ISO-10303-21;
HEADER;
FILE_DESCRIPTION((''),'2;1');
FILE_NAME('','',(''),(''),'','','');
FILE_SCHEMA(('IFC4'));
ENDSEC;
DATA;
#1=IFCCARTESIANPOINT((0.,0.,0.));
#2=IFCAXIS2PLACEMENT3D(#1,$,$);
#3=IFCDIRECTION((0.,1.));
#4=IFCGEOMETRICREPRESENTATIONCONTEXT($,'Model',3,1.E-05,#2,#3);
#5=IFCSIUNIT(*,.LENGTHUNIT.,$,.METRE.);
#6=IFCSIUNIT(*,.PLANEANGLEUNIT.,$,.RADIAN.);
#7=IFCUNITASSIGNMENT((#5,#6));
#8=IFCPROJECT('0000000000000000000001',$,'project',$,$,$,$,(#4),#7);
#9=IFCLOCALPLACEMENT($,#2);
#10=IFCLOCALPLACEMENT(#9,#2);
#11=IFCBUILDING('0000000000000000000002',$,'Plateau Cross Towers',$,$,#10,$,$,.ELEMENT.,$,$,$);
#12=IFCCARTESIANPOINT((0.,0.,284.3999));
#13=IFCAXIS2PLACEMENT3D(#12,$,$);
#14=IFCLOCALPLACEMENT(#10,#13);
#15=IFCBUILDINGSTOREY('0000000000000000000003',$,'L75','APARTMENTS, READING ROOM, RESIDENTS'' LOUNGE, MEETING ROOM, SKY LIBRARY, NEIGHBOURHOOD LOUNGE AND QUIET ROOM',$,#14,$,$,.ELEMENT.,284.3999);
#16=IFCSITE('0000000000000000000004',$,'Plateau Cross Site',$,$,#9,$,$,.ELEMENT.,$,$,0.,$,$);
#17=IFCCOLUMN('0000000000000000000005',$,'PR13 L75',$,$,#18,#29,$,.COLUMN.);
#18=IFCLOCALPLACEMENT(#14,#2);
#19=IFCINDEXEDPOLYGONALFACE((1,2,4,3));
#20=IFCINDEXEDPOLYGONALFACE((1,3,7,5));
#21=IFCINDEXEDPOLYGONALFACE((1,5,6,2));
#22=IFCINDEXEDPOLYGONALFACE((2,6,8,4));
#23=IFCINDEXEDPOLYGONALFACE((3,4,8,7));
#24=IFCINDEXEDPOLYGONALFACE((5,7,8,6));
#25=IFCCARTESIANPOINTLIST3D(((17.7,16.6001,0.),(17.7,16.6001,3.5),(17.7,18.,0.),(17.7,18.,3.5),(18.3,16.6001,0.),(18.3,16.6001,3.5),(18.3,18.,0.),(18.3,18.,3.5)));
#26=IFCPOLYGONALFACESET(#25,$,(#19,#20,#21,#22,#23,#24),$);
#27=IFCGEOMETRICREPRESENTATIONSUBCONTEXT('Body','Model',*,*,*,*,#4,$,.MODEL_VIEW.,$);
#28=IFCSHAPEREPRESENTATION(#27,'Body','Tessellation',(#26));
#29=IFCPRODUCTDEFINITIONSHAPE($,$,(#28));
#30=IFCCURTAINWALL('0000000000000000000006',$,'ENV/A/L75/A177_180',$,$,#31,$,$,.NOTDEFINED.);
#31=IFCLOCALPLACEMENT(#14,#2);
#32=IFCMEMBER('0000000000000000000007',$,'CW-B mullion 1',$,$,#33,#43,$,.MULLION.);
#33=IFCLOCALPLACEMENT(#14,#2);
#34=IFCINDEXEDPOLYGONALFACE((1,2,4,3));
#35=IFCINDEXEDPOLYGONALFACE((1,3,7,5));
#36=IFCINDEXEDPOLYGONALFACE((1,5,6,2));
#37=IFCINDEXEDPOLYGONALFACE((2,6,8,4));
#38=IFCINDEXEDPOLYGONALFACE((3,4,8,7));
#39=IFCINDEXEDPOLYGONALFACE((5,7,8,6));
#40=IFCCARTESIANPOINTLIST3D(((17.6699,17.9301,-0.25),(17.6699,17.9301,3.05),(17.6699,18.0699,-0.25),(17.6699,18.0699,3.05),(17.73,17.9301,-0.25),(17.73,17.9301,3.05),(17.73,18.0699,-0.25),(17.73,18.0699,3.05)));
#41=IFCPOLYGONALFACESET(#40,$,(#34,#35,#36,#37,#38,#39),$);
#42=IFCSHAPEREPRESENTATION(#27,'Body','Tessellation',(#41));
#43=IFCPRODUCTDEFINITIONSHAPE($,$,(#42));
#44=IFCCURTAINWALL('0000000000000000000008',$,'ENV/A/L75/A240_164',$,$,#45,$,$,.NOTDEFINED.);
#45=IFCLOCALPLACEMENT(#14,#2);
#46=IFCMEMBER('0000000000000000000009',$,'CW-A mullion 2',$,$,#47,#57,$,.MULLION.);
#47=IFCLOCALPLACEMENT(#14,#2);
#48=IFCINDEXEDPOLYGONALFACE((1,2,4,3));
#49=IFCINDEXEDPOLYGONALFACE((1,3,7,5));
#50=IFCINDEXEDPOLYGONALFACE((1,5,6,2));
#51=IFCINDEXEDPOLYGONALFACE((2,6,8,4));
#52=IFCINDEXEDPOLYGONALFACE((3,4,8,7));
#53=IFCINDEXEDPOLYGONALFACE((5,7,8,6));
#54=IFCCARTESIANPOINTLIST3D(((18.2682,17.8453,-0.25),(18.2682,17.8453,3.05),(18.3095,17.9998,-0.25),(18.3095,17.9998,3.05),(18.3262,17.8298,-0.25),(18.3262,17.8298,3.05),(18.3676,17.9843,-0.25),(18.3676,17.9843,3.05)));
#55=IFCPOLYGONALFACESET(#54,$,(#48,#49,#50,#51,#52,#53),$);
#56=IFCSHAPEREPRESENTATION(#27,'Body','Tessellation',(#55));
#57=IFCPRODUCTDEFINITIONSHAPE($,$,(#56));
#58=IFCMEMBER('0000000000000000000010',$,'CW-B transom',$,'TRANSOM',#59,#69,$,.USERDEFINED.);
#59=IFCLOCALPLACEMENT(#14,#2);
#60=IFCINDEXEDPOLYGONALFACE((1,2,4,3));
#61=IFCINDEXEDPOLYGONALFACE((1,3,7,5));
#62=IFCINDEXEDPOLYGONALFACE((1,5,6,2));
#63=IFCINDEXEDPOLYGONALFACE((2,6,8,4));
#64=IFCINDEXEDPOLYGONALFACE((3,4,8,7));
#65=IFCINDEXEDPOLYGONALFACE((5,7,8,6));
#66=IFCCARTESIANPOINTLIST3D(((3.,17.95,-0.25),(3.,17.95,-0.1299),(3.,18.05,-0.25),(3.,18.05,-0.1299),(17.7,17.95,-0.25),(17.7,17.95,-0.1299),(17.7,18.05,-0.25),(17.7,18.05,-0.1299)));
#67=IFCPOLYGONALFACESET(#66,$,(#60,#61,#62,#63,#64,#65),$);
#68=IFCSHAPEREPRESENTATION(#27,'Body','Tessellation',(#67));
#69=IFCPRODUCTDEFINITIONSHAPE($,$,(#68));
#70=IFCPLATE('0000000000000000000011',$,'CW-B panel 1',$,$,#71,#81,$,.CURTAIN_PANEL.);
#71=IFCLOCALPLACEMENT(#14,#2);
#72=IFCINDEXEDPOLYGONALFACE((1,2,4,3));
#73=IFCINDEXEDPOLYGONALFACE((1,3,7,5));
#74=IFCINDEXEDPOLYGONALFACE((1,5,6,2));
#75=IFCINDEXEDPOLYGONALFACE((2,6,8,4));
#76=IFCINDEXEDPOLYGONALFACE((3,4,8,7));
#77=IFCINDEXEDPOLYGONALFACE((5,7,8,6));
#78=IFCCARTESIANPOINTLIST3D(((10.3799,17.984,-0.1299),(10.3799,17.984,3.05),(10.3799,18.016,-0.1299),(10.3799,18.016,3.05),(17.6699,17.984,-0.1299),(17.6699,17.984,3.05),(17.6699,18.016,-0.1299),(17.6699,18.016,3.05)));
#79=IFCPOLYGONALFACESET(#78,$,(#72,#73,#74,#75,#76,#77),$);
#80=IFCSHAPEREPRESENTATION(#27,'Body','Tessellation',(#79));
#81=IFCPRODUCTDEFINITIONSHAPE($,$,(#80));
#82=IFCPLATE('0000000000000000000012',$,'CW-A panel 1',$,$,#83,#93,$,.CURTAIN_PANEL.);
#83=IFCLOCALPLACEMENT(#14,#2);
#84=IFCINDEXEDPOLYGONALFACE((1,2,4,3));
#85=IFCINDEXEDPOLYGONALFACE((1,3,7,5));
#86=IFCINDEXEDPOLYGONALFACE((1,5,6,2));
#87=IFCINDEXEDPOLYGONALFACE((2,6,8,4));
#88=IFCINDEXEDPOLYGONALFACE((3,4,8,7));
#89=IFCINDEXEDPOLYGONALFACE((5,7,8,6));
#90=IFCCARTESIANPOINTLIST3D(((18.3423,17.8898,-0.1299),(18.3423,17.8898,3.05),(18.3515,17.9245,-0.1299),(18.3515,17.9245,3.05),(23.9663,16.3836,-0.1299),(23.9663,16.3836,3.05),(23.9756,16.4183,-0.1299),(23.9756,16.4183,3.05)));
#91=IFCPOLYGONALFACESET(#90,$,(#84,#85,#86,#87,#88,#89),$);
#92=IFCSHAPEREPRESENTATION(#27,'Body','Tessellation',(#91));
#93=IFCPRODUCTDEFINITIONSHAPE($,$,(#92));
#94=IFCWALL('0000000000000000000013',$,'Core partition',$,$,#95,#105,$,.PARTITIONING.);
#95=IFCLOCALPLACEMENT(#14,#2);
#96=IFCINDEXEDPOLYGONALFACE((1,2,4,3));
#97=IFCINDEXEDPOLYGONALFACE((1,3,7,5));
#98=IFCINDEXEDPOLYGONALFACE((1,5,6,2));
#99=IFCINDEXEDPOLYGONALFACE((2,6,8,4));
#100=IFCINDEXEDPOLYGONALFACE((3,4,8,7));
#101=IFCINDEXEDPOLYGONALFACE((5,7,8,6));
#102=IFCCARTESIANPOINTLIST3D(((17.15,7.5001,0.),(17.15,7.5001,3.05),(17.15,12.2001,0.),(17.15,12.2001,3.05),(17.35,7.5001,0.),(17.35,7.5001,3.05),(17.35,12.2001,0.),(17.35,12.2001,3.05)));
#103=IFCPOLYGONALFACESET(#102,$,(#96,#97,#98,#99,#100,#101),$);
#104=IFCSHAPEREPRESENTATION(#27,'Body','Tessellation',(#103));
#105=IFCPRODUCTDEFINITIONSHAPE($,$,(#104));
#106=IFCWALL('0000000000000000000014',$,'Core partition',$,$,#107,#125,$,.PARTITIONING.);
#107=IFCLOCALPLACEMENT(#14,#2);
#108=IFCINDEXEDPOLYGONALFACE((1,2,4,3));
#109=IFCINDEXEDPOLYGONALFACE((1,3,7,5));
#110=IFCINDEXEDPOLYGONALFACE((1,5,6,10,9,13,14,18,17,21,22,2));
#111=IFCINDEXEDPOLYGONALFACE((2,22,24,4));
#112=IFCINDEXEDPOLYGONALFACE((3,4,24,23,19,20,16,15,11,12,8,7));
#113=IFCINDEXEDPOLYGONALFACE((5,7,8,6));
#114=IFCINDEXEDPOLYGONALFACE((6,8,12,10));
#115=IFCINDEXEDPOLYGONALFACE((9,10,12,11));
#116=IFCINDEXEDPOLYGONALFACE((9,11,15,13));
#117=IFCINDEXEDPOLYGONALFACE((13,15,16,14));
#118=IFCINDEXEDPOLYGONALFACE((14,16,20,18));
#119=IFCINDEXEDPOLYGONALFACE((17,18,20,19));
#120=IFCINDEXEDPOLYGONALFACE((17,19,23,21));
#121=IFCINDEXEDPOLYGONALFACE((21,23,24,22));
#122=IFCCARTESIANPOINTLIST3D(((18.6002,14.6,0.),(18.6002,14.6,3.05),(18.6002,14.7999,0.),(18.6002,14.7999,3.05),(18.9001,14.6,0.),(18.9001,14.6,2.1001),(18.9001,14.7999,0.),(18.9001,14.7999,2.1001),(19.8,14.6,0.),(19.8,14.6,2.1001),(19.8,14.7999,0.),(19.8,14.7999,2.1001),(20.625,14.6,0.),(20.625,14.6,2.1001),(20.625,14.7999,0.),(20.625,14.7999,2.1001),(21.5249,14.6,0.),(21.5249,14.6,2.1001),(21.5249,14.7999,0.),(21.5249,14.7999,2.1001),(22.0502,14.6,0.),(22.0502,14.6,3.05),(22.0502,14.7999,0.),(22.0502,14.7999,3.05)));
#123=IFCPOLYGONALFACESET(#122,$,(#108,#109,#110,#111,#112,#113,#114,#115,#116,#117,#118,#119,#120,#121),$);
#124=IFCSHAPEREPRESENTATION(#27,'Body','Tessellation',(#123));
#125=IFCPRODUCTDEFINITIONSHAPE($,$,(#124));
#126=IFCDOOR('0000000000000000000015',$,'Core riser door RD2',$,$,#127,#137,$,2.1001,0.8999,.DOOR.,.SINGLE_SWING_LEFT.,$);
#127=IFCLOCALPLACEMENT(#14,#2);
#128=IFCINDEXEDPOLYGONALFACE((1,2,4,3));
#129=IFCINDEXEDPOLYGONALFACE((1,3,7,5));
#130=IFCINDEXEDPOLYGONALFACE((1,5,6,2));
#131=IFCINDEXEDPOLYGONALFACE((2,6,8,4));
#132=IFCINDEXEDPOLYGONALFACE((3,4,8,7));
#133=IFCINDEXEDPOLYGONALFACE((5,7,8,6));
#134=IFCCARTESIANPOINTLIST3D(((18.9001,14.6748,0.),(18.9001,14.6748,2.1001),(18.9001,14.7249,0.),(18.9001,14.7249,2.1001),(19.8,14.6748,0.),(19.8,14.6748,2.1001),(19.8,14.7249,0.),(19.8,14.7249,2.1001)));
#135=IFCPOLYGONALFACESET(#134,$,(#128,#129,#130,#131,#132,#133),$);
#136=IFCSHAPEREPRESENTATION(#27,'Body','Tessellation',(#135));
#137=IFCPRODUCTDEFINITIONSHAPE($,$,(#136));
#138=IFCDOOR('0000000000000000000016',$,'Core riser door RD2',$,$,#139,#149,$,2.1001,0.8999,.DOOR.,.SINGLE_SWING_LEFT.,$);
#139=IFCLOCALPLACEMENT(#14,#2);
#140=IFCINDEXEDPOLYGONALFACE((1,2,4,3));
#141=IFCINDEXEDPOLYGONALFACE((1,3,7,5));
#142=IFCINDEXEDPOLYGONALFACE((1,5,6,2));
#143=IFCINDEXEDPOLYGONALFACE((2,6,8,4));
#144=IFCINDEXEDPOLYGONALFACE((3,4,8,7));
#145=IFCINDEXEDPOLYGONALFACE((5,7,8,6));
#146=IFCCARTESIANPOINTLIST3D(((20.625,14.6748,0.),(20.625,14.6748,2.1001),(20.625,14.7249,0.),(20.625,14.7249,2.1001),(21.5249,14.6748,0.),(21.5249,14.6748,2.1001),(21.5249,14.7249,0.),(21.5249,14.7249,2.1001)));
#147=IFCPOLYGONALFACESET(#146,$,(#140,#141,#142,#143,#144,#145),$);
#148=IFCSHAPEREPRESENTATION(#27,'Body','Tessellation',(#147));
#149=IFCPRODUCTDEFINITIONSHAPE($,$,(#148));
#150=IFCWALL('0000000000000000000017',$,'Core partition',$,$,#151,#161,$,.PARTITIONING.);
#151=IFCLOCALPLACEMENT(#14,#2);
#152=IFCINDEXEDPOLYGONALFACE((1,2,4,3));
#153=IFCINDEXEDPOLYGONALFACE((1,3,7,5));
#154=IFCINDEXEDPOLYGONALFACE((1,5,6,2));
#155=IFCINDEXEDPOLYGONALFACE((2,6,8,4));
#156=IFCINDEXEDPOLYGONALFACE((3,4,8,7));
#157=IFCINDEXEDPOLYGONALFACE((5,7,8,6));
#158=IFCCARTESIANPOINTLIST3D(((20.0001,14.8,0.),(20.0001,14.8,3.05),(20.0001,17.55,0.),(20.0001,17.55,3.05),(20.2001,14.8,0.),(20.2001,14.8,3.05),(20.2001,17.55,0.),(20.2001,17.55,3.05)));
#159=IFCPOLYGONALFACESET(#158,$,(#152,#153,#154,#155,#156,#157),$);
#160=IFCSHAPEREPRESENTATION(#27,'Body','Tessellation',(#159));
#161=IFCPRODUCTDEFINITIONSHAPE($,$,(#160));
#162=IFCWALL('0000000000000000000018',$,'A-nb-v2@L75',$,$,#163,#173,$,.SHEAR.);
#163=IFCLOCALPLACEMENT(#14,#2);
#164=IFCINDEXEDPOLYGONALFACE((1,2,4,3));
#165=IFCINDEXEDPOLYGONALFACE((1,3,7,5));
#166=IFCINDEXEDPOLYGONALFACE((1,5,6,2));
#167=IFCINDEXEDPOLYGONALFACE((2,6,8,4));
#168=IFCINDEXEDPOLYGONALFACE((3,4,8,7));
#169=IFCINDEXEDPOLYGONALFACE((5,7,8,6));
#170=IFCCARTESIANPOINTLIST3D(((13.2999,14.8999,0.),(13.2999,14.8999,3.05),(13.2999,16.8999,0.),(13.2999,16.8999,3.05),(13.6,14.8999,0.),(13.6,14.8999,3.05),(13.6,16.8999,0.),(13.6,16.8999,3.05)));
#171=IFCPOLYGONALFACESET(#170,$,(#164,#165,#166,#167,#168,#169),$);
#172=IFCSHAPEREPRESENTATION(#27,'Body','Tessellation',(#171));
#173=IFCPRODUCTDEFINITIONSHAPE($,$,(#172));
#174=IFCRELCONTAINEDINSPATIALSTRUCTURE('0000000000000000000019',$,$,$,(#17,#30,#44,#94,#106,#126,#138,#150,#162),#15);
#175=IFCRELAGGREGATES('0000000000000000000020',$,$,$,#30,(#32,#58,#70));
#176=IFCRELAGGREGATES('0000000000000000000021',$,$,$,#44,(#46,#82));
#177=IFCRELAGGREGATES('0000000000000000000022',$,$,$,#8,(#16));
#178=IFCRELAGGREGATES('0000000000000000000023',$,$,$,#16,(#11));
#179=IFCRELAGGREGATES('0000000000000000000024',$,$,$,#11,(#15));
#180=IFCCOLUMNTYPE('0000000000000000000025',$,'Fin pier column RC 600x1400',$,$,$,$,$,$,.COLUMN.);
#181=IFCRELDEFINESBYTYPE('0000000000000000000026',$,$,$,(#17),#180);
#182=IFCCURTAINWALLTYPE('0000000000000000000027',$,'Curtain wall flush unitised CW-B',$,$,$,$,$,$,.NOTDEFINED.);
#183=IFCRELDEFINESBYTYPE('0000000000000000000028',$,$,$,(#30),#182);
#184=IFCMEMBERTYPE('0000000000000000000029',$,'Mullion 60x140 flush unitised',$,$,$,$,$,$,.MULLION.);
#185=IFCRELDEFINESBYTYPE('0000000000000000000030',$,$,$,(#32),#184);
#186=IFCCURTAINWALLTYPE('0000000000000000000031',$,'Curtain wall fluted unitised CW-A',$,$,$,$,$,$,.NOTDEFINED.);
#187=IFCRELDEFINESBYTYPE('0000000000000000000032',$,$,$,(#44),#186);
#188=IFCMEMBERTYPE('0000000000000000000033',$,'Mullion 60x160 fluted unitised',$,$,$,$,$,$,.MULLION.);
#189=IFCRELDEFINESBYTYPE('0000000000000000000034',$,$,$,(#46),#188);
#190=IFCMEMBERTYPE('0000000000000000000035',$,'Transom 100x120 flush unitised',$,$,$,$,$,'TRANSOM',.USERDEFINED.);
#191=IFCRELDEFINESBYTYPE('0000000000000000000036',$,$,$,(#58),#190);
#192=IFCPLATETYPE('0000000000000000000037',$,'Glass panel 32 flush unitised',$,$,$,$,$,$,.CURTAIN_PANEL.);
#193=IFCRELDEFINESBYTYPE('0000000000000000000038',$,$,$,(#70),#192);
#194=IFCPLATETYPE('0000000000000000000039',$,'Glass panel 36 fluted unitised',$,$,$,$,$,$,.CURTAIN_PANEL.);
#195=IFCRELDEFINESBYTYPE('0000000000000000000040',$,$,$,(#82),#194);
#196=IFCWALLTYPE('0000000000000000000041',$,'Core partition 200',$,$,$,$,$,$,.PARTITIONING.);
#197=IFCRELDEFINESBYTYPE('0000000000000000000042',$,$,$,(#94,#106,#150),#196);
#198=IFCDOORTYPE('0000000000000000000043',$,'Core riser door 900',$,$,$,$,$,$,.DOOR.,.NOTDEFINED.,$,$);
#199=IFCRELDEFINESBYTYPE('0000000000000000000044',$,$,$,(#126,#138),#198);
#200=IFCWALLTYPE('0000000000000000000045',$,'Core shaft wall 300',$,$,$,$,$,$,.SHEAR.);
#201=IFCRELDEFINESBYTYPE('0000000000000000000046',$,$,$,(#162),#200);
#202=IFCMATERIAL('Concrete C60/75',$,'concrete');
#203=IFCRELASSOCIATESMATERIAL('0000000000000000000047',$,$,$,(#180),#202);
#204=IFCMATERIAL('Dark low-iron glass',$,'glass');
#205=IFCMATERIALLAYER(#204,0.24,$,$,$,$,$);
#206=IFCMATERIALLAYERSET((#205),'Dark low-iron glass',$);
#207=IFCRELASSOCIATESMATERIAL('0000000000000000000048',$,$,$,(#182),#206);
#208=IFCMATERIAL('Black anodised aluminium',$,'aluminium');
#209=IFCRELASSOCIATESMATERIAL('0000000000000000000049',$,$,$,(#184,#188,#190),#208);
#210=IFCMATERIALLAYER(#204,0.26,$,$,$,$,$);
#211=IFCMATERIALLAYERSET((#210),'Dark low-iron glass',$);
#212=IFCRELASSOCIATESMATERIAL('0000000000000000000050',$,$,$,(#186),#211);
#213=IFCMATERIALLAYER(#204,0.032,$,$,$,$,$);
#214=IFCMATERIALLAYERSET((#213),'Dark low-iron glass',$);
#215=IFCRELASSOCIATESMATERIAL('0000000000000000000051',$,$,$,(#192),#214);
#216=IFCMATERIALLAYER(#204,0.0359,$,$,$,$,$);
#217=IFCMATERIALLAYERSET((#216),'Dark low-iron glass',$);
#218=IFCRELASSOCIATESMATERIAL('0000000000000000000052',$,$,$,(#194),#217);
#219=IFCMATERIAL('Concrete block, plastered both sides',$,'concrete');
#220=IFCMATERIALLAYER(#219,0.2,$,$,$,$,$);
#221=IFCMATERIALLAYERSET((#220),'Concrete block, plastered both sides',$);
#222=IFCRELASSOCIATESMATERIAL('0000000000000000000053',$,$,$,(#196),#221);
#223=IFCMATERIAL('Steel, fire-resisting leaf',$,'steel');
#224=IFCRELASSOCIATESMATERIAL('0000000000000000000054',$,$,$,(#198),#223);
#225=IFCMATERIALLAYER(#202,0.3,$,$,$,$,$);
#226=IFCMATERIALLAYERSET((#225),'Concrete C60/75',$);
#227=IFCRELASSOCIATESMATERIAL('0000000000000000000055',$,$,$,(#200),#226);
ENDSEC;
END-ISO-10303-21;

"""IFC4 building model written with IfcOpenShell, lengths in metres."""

from ifc_helpers import new_model, si_unit, direction, frame, frame_2d, origin, origin_2d, place, context, subcontext, project, spatial, rectangle, extrude, material, layer, layer_set, material_profile, profile_set, type_object, element, fill, aggregate, save


model = new_model("IFC4")

# Units and contexts
model_context = context("Model", 3, precision=1e-05, world=origin(), true_north=direction((0.0, 1.0)))
body_context = subcontext(model_context, "Body", "Model", "MODEL_VIEW")
ifc_project = project(units=[si_unit("LENGTHUNIT", "METRE"), si_unit("PLANEANGLEUNIT", "RADIAN")], contexts=[model_context])

# Site, building, storey
site_placement = place(None, origin())
site = spatial("IfcSite", under=ifc_project, at=site_placement, Name="Plateau Cross Site", CompositionType="ELEMENT", RefElevation=0.0)
building_placement = place(site_placement, origin())
building = spatial("IfcBuilding", under=site, at=building_placement, Name="Plateau Cross Towers", CompositionType="ELEMENT")
storey_placement = place(building_placement, frame((0.0, 0.0, 284.3999)))
storey = spatial("IfcBuildingStorey", under=building, at=storey_placement, Name="L75", Description="APARTMENTS, READING ROOM, RESIDENTS' LOUNGE, MEETING ROOM, SKY LIBRARY, NEIGHBOURHOOD LOUNGE AND QUIET ROOM", CompositionType="ELEMENT", Elevation=284.3999)

# Column
ifc_material_1 = material(Name="Concrete C60/75", Category="concrete")
ifc_material_profile_1 = material_profile(ifc_material_1, rectangle(XDim=0.6001, YDim=1.3999, at=origin_2d()), Name="RC 600x1400")
ifc_profile_set_1 = profile_set([ifc_material_profile_1], Name="Concrete C60/75")
column_type = type_object("IfcColumnType", Name="Fin pier column RC 600x1400", PredefinedType="COLUMN", material=ifc_profile_set_1)
column_placement = place(storey_placement, frame((18.0, 17.3, 0.0), z_axis=(0.0, 0.0, 1.0), x_axis=(1.0, 0.0, 0.0)))
element("IfcColumn", 1, at=column_placement, inside=storey, type_object=column_type, Name="PR13 L75", PredefinedType="COLUMN", context=body_context, shape_type="SweptSolid", body=[
    extrude(rectangle(XDim=0.6001, YDim=1.3999, at=origin_2d()), origin(), (0.0, 0.0, 1.0), 3.5),
])

# Curtain walls, members
ifc_material_2 = material(Name="Dark low-iron glass", Category="glass")
ifc_layer_1 = layer(ifc_material_2, 0.24)
ifc_layer_set_1 = layer_set([ifc_layer_1], Name="Dark low-iron glass")
curtain_wall_type_1 = type_object("IfcCurtainWallType", Name="Curtain wall flush unitised CW-B", PredefinedType="NOTDEFINED", material=ifc_layer_set_1)
curtain_wall_1_placement = place(storey_placement, origin())
curtain_wall_1 = element("IfcCurtainWall", 2, at=curtain_wall_1_placement, inside=storey, type_object=curtain_wall_type_1, Name="ENV/A/L75/A177_180", PredefinedType="NOTDEFINED")
ifc_material_3 = material(Name="Black anodised aluminium", Category="aluminium")
ifc_material_profile_2 = material_profile(ifc_material_3, rectangle(XDim=0.0601, YDim=0.1399, at=origin_2d()), Name="MULLION 60x140")
ifc_profile_set_2 = profile_set([ifc_material_profile_2], Name="Black anodised aluminium")
member_type_1 = type_object("IfcMemberType", Name="Mullion 60x140 flush unitised", PredefinedType="MULLION", material=ifc_profile_set_2)
member_1_placement = place(storey_placement, frame((17.7, 18.0, -0.25), z_axis=(0.0, 0.0, 1.0), x_axis=(-1.0, 0.0, 0.0)))
member_1 = element("IfcMember", 3, at=member_1_placement, type_object=member_type_1, Name="CW-B mullion 1", PredefinedType="MULLION", context=body_context, shape_type="SweptSolid", body=[
    extrude(rectangle(XDim=0.0601, YDim=0.1399, at=origin_2d()), origin(), (0.0, 0.0, 1.0), 3.3),
])
ifc_layer_2 = layer(ifc_material_2, 0.26)
ifc_layer_set_2 = layer_set([ifc_layer_2], Name="Dark low-iron glass")
curtain_wall_type_2 = type_object("IfcCurtainWallType", Name="Curtain wall fluted unitised CW-A", PredefinedType="NOTDEFINED", material=ifc_layer_set_2)
curtain_wall_2_placement = place(storey_placement, origin())
curtain_wall_2 = element("IfcCurtainWall", 4, at=curtain_wall_2_placement, inside=storey, type_object=curtain_wall_type_2, Name="ENV/A/L75/A240_164", PredefinedType="NOTDEFINED")
ifc_material_profile_3 = material_profile(ifc_material_3, rectangle(XDim=0.0601, YDim=0.1599, at=origin_2d()), Name="MULLION 60x160")
ifc_profile_set_3 = profile_set([ifc_material_profile_3], Name="Black anodised aluminium")
member_type_2 = type_object("IfcMemberType", Name="Mullion 60x160 fluted unitised", PredefinedType="MULLION", material=ifc_profile_set_3)
member_2_placement = place(storey_placement, frame((18.3179, 17.9148, -0.25), z_axis=(0.0, 0.0, 1.0), x_axis=(-0.965958, 0.258699, 0.0)))
member_2 = element("IfcMember", 5, at=member_2_placement, type_object=member_type_2, Name="CW-A mullion 2", PredefinedType="MULLION", context=body_context, shape_type="SweptSolid", body=[
    extrude(rectangle(XDim=0.0601, YDim=0.1599, at=origin_2d()), origin(), (0.0, 0.0, 1.0), 3.3),
])

# Member
ifc_material_profile_4 = material_profile(ifc_material_3, rectangle(XDim=0.1001, YDim=0.1201, at=origin_2d()), Name="TRANSOM 100x120")
ifc_profile_set_4 = profile_set([ifc_material_profile_4], Name="Black anodised aluminium")
member_type_3 = type_object("IfcMemberType", Name="Transom 100x120 flush unitised", ElementType="TRANSOM", PredefinedType="USERDEFINED", material=ifc_profile_set_4)
member_3_placement = place(storey_placement, frame((17.7, 18.0, -0.1899), z_axis=(-1.0, 0.0, 0.0), x_axis=(0.0, -1.0, 0.0)))
member_3 = element("IfcMember", 6, at=member_3_placement, type_object=member_type_3, Name="CW-B transom", ObjectType="TRANSOM", PredefinedType="USERDEFINED", context=body_context, shape_type="SweptSolid", body=[
    extrude(rectangle(XDim=0.1001, YDim=0.1201, at=origin_2d()), origin(), (0.0, 0.0, 1.0), 14.7),
])

# Plates
ifc_layer_3 = layer(ifc_material_2, 0.032)
ifc_layer_set_3 = layer_set([ifc_layer_3], Name="Dark low-iron glass")
plate_type_1 = type_object("IfcPlateType", Name="Glass panel 32 flush unitised", PredefinedType="CURTAIN_PANEL", material=ifc_layer_set_3)
plate_1_placement = place(storey_placement, frame((14.0249, 18.0, -0.1299), z_axis=(0.0, 0.0, 1.0), x_axis=(-1.0, 0.0, 0.0)))
plate_1 = element("IfcPlate", 7, at=plate_1_placement, type_object=plate_type_1, Name="CW-B panel 1", PredefinedType="CURTAIN_PANEL", context=body_context, shape_type="SweptSolid", body=[
    extrude(rectangle(XDim=7.29, YDim=0.032, at=origin_2d()), origin(), (0.0, 0.0, 1.0), 3.1799),
])
aggregate(curtain_wall_1, [member_1, member_3, plate_1])
ifc_layer_4 = layer(ifc_material_2, 0.0359)
ifc_layer_set_4 = layer_set([ifc_layer_4], Name="Dark low-iron glass")
plate_type_2 = type_object("IfcPlateType", Name="Glass panel 36 fluted unitised", PredefinedType="CURTAIN_PANEL", material=ifc_layer_set_4)
plate_2_placement = place(storey_placement, frame((21.1589, 17.1541, -0.1299), z_axis=(0.0, 0.0, 1.0), x_axis=(-0.965958, 0.258699, 0.0)))
plate_2 = element("IfcPlate", 8, at=plate_2_placement, type_object=plate_type_2, Name="CW-A panel 1", PredefinedType="CURTAIN_PANEL", context=body_context, shape_type="SweptSolid", body=[
    extrude(rectangle(XDim=5.8223, YDim=0.0359, at=origin_2d()), origin(), (0.0, 0.0, 1.0), 3.1799),
])
aggregate(curtain_wall_2, [member_2, plate_2])

# Wall
ifc_material_4 = material(Name="Concrete block, plastered both sides", Category="concrete")
ifc_layer_5 = layer(ifc_material_4, 0.2)
ifc_layer_set_5 = layer_set([ifc_layer_5], Name="Concrete block, plastered both sides")
wall_type_1 = type_object("IfcWallType", Name="Core partition 200", PredefinedType="PARTITIONING", material=ifc_layer_set_5)
wall_1_placement = place(storey_placement, frame((17.25, 7.5, 0.0), z_axis=(0.0, 0.0, 1.0), x_axis=(0.0, 1.0, 0.0)))
element("IfcWall", 9, at=wall_1_placement, inside=storey, type_object=wall_type_1, Name="Core partition", PredefinedType="PARTITIONING", context=body_context, shape_type="SweptSolid", body=[
    extrude(rectangle(XDim=4.7, YDim=0.2, at=frame_2d((2.3501, 0.0))), origin(), (0.0, 0.0, 1.0), 3.05),
])

# Wall, openings, doors
wall_2_placement = place(storey_placement, frame((18.6001, 14.7, 0.0), z_axis=(0.0, 0.0, 1.0), x_axis=(1.0, 0.0, 0.0)))
wall_2 = element("IfcWall", 10, at=wall_2_placement, inside=storey, type_object=wall_type_1, Name="Core partition", PredefinedType="PARTITIONING", context=body_context, shape_type="SweptSolid", body=[
    extrude(rectangle(XDim=3.45, YDim=0.2, at=frame_2d((1.7251, 0.0))), origin(), (0.0, 0.0, 1.0), 3.05),
])
opening_1_placement = place(wall_2_placement, frame((0.3, 0.0, 0.0)))
opening_1 = element("IfcOpeningElement", 11, at=opening_1_placement, cuts=wall_2, PredefinedType="OPENING", context=body_context, shape_type="SweptSolid", body=[
    extrude(rectangle(XDim=0.8999, YDim=2.1001, at=frame_2d((0.45, 1.05))), frame((0.0, 0.1099, 0.0), z_axis=(0.0, -1.0, 0.0), x_axis=(1.0, 0.0, 0.0)), (0.0, 0.0, 1.0), 0.22),
])
opening_2_placement = place(wall_2_placement, frame((2.0249, 0.0, 0.0)))
opening_2 = element("IfcOpeningElement", 12, at=opening_2_placement, cuts=wall_2, PredefinedType="OPENING", context=body_context, shape_type="SweptSolid", body=[
    extrude(rectangle(XDim=0.8999, YDim=2.1001, at=frame_2d((0.45, 1.05))), frame((0.0, 0.1099, 0.0), z_axis=(0.0, -1.0, 0.0), x_axis=(1.0, 0.0, 0.0)), (0.0, 0.0, 1.0), 0.22),
])
ifc_material_5 = material(Name="Steel, fire-resisting leaf", Category="steel")
door_type_1 = type_object("IfcDoorType", Name="Core riser door 900", OperationType="NOTDEFINED", PredefinedType="DOOR", material=ifc_material_5)
door_1_placement = place(opening_1_placement, origin())
door_1 = element("IfcDoor", 13, at=door_1_placement, inside=storey, type_object=door_type_1, Name="Core riser door RD2", OperationType="SINGLE_SWING_LEFT", OverallHeight=2.1001, OverallWidth=0.8999, PredefinedType="DOOR", context=body_context, shape_type="SweptSolid", body=[
    extrude(rectangle(XDim=0.8999, YDim=2.1001, at=frame_2d((0.45, 1.05))), frame((0.0, 0.0249, 0.0), z_axis=(0.0, -1.0, 0.0), x_axis=(1.0, 0.0, 0.0)), (0.0, 0.0, 1.0), 0.05),
])
fill(opening_1, door_1)
door_2_placement = place(opening_2_placement, origin())
door_2 = element("IfcDoor", 14, at=door_2_placement, inside=storey, type_object=door_type_1, Name="Core riser door RD2", OperationType="SINGLE_SWING_LEFT", OverallHeight=2.1001, OverallWidth=0.8999, PredefinedType="DOOR", context=body_context, shape_type="SweptSolid", body=[
    extrude(rectangle(XDim=0.8999, YDim=2.1001, at=frame_2d((0.45, 1.05))), frame((0.0, 0.0249, 0.0), z_axis=(0.0, -1.0, 0.0), x_axis=(1.0, 0.0, 0.0)), (0.0, 0.0, 1.0), 0.05),
])
fill(opening_2, door_2)

# Walls
wall_3_placement = place(storey_placement, frame((20.1001, 14.8, 0.0), z_axis=(0.0, 0.0, 1.0), x_axis=(0.0, 1.0, 0.0)))
element("IfcWall", 15, at=wall_3_placement, inside=storey, type_object=wall_type_1, Name="Core partition", PredefinedType="PARTITIONING", context=body_context, shape_type="SweptSolid", body=[
    extrude(rectangle(XDim=2.75, YDim=0.2, at=frame_2d((1.375, 0.0))), origin(), (0.0, 0.0, 1.0), 3.05),
])
ifc_layer_6 = layer(ifc_material_1, 0.3)
ifc_layer_set_6 = layer_set([ifc_layer_6], Name="Concrete C60/75")
wall_type_2 = type_object("IfcWallType", Name="Core shaft wall 300", PredefinedType="SHEAR", material=ifc_layer_set_6)
for number, where, z_axis, x_axis, name in (
    (16, (13.45, 14.8999, 0.0), (0.0, 0.0, 1.0), (0.0, 1.0, 0.0), "A-nb-v2@L75"),
):
    element("IfcWall", number, at=place(storey_placement, frame(where, z_axis=z_axis, x_axis=x_axis)), inside=storey, type_object=wall_type_2, Name=name, PredefinedType="SHEAR", context=body_context, shape_type="SweptSolid", body=[
        extrude(rectangle(XDim=2.0, YDim=0.3, at=frame_2d((1.0, 0.0))), origin(), (0.0, 0.0, 1.0), 3.05),
    ])

save(model, "model.ifc")
